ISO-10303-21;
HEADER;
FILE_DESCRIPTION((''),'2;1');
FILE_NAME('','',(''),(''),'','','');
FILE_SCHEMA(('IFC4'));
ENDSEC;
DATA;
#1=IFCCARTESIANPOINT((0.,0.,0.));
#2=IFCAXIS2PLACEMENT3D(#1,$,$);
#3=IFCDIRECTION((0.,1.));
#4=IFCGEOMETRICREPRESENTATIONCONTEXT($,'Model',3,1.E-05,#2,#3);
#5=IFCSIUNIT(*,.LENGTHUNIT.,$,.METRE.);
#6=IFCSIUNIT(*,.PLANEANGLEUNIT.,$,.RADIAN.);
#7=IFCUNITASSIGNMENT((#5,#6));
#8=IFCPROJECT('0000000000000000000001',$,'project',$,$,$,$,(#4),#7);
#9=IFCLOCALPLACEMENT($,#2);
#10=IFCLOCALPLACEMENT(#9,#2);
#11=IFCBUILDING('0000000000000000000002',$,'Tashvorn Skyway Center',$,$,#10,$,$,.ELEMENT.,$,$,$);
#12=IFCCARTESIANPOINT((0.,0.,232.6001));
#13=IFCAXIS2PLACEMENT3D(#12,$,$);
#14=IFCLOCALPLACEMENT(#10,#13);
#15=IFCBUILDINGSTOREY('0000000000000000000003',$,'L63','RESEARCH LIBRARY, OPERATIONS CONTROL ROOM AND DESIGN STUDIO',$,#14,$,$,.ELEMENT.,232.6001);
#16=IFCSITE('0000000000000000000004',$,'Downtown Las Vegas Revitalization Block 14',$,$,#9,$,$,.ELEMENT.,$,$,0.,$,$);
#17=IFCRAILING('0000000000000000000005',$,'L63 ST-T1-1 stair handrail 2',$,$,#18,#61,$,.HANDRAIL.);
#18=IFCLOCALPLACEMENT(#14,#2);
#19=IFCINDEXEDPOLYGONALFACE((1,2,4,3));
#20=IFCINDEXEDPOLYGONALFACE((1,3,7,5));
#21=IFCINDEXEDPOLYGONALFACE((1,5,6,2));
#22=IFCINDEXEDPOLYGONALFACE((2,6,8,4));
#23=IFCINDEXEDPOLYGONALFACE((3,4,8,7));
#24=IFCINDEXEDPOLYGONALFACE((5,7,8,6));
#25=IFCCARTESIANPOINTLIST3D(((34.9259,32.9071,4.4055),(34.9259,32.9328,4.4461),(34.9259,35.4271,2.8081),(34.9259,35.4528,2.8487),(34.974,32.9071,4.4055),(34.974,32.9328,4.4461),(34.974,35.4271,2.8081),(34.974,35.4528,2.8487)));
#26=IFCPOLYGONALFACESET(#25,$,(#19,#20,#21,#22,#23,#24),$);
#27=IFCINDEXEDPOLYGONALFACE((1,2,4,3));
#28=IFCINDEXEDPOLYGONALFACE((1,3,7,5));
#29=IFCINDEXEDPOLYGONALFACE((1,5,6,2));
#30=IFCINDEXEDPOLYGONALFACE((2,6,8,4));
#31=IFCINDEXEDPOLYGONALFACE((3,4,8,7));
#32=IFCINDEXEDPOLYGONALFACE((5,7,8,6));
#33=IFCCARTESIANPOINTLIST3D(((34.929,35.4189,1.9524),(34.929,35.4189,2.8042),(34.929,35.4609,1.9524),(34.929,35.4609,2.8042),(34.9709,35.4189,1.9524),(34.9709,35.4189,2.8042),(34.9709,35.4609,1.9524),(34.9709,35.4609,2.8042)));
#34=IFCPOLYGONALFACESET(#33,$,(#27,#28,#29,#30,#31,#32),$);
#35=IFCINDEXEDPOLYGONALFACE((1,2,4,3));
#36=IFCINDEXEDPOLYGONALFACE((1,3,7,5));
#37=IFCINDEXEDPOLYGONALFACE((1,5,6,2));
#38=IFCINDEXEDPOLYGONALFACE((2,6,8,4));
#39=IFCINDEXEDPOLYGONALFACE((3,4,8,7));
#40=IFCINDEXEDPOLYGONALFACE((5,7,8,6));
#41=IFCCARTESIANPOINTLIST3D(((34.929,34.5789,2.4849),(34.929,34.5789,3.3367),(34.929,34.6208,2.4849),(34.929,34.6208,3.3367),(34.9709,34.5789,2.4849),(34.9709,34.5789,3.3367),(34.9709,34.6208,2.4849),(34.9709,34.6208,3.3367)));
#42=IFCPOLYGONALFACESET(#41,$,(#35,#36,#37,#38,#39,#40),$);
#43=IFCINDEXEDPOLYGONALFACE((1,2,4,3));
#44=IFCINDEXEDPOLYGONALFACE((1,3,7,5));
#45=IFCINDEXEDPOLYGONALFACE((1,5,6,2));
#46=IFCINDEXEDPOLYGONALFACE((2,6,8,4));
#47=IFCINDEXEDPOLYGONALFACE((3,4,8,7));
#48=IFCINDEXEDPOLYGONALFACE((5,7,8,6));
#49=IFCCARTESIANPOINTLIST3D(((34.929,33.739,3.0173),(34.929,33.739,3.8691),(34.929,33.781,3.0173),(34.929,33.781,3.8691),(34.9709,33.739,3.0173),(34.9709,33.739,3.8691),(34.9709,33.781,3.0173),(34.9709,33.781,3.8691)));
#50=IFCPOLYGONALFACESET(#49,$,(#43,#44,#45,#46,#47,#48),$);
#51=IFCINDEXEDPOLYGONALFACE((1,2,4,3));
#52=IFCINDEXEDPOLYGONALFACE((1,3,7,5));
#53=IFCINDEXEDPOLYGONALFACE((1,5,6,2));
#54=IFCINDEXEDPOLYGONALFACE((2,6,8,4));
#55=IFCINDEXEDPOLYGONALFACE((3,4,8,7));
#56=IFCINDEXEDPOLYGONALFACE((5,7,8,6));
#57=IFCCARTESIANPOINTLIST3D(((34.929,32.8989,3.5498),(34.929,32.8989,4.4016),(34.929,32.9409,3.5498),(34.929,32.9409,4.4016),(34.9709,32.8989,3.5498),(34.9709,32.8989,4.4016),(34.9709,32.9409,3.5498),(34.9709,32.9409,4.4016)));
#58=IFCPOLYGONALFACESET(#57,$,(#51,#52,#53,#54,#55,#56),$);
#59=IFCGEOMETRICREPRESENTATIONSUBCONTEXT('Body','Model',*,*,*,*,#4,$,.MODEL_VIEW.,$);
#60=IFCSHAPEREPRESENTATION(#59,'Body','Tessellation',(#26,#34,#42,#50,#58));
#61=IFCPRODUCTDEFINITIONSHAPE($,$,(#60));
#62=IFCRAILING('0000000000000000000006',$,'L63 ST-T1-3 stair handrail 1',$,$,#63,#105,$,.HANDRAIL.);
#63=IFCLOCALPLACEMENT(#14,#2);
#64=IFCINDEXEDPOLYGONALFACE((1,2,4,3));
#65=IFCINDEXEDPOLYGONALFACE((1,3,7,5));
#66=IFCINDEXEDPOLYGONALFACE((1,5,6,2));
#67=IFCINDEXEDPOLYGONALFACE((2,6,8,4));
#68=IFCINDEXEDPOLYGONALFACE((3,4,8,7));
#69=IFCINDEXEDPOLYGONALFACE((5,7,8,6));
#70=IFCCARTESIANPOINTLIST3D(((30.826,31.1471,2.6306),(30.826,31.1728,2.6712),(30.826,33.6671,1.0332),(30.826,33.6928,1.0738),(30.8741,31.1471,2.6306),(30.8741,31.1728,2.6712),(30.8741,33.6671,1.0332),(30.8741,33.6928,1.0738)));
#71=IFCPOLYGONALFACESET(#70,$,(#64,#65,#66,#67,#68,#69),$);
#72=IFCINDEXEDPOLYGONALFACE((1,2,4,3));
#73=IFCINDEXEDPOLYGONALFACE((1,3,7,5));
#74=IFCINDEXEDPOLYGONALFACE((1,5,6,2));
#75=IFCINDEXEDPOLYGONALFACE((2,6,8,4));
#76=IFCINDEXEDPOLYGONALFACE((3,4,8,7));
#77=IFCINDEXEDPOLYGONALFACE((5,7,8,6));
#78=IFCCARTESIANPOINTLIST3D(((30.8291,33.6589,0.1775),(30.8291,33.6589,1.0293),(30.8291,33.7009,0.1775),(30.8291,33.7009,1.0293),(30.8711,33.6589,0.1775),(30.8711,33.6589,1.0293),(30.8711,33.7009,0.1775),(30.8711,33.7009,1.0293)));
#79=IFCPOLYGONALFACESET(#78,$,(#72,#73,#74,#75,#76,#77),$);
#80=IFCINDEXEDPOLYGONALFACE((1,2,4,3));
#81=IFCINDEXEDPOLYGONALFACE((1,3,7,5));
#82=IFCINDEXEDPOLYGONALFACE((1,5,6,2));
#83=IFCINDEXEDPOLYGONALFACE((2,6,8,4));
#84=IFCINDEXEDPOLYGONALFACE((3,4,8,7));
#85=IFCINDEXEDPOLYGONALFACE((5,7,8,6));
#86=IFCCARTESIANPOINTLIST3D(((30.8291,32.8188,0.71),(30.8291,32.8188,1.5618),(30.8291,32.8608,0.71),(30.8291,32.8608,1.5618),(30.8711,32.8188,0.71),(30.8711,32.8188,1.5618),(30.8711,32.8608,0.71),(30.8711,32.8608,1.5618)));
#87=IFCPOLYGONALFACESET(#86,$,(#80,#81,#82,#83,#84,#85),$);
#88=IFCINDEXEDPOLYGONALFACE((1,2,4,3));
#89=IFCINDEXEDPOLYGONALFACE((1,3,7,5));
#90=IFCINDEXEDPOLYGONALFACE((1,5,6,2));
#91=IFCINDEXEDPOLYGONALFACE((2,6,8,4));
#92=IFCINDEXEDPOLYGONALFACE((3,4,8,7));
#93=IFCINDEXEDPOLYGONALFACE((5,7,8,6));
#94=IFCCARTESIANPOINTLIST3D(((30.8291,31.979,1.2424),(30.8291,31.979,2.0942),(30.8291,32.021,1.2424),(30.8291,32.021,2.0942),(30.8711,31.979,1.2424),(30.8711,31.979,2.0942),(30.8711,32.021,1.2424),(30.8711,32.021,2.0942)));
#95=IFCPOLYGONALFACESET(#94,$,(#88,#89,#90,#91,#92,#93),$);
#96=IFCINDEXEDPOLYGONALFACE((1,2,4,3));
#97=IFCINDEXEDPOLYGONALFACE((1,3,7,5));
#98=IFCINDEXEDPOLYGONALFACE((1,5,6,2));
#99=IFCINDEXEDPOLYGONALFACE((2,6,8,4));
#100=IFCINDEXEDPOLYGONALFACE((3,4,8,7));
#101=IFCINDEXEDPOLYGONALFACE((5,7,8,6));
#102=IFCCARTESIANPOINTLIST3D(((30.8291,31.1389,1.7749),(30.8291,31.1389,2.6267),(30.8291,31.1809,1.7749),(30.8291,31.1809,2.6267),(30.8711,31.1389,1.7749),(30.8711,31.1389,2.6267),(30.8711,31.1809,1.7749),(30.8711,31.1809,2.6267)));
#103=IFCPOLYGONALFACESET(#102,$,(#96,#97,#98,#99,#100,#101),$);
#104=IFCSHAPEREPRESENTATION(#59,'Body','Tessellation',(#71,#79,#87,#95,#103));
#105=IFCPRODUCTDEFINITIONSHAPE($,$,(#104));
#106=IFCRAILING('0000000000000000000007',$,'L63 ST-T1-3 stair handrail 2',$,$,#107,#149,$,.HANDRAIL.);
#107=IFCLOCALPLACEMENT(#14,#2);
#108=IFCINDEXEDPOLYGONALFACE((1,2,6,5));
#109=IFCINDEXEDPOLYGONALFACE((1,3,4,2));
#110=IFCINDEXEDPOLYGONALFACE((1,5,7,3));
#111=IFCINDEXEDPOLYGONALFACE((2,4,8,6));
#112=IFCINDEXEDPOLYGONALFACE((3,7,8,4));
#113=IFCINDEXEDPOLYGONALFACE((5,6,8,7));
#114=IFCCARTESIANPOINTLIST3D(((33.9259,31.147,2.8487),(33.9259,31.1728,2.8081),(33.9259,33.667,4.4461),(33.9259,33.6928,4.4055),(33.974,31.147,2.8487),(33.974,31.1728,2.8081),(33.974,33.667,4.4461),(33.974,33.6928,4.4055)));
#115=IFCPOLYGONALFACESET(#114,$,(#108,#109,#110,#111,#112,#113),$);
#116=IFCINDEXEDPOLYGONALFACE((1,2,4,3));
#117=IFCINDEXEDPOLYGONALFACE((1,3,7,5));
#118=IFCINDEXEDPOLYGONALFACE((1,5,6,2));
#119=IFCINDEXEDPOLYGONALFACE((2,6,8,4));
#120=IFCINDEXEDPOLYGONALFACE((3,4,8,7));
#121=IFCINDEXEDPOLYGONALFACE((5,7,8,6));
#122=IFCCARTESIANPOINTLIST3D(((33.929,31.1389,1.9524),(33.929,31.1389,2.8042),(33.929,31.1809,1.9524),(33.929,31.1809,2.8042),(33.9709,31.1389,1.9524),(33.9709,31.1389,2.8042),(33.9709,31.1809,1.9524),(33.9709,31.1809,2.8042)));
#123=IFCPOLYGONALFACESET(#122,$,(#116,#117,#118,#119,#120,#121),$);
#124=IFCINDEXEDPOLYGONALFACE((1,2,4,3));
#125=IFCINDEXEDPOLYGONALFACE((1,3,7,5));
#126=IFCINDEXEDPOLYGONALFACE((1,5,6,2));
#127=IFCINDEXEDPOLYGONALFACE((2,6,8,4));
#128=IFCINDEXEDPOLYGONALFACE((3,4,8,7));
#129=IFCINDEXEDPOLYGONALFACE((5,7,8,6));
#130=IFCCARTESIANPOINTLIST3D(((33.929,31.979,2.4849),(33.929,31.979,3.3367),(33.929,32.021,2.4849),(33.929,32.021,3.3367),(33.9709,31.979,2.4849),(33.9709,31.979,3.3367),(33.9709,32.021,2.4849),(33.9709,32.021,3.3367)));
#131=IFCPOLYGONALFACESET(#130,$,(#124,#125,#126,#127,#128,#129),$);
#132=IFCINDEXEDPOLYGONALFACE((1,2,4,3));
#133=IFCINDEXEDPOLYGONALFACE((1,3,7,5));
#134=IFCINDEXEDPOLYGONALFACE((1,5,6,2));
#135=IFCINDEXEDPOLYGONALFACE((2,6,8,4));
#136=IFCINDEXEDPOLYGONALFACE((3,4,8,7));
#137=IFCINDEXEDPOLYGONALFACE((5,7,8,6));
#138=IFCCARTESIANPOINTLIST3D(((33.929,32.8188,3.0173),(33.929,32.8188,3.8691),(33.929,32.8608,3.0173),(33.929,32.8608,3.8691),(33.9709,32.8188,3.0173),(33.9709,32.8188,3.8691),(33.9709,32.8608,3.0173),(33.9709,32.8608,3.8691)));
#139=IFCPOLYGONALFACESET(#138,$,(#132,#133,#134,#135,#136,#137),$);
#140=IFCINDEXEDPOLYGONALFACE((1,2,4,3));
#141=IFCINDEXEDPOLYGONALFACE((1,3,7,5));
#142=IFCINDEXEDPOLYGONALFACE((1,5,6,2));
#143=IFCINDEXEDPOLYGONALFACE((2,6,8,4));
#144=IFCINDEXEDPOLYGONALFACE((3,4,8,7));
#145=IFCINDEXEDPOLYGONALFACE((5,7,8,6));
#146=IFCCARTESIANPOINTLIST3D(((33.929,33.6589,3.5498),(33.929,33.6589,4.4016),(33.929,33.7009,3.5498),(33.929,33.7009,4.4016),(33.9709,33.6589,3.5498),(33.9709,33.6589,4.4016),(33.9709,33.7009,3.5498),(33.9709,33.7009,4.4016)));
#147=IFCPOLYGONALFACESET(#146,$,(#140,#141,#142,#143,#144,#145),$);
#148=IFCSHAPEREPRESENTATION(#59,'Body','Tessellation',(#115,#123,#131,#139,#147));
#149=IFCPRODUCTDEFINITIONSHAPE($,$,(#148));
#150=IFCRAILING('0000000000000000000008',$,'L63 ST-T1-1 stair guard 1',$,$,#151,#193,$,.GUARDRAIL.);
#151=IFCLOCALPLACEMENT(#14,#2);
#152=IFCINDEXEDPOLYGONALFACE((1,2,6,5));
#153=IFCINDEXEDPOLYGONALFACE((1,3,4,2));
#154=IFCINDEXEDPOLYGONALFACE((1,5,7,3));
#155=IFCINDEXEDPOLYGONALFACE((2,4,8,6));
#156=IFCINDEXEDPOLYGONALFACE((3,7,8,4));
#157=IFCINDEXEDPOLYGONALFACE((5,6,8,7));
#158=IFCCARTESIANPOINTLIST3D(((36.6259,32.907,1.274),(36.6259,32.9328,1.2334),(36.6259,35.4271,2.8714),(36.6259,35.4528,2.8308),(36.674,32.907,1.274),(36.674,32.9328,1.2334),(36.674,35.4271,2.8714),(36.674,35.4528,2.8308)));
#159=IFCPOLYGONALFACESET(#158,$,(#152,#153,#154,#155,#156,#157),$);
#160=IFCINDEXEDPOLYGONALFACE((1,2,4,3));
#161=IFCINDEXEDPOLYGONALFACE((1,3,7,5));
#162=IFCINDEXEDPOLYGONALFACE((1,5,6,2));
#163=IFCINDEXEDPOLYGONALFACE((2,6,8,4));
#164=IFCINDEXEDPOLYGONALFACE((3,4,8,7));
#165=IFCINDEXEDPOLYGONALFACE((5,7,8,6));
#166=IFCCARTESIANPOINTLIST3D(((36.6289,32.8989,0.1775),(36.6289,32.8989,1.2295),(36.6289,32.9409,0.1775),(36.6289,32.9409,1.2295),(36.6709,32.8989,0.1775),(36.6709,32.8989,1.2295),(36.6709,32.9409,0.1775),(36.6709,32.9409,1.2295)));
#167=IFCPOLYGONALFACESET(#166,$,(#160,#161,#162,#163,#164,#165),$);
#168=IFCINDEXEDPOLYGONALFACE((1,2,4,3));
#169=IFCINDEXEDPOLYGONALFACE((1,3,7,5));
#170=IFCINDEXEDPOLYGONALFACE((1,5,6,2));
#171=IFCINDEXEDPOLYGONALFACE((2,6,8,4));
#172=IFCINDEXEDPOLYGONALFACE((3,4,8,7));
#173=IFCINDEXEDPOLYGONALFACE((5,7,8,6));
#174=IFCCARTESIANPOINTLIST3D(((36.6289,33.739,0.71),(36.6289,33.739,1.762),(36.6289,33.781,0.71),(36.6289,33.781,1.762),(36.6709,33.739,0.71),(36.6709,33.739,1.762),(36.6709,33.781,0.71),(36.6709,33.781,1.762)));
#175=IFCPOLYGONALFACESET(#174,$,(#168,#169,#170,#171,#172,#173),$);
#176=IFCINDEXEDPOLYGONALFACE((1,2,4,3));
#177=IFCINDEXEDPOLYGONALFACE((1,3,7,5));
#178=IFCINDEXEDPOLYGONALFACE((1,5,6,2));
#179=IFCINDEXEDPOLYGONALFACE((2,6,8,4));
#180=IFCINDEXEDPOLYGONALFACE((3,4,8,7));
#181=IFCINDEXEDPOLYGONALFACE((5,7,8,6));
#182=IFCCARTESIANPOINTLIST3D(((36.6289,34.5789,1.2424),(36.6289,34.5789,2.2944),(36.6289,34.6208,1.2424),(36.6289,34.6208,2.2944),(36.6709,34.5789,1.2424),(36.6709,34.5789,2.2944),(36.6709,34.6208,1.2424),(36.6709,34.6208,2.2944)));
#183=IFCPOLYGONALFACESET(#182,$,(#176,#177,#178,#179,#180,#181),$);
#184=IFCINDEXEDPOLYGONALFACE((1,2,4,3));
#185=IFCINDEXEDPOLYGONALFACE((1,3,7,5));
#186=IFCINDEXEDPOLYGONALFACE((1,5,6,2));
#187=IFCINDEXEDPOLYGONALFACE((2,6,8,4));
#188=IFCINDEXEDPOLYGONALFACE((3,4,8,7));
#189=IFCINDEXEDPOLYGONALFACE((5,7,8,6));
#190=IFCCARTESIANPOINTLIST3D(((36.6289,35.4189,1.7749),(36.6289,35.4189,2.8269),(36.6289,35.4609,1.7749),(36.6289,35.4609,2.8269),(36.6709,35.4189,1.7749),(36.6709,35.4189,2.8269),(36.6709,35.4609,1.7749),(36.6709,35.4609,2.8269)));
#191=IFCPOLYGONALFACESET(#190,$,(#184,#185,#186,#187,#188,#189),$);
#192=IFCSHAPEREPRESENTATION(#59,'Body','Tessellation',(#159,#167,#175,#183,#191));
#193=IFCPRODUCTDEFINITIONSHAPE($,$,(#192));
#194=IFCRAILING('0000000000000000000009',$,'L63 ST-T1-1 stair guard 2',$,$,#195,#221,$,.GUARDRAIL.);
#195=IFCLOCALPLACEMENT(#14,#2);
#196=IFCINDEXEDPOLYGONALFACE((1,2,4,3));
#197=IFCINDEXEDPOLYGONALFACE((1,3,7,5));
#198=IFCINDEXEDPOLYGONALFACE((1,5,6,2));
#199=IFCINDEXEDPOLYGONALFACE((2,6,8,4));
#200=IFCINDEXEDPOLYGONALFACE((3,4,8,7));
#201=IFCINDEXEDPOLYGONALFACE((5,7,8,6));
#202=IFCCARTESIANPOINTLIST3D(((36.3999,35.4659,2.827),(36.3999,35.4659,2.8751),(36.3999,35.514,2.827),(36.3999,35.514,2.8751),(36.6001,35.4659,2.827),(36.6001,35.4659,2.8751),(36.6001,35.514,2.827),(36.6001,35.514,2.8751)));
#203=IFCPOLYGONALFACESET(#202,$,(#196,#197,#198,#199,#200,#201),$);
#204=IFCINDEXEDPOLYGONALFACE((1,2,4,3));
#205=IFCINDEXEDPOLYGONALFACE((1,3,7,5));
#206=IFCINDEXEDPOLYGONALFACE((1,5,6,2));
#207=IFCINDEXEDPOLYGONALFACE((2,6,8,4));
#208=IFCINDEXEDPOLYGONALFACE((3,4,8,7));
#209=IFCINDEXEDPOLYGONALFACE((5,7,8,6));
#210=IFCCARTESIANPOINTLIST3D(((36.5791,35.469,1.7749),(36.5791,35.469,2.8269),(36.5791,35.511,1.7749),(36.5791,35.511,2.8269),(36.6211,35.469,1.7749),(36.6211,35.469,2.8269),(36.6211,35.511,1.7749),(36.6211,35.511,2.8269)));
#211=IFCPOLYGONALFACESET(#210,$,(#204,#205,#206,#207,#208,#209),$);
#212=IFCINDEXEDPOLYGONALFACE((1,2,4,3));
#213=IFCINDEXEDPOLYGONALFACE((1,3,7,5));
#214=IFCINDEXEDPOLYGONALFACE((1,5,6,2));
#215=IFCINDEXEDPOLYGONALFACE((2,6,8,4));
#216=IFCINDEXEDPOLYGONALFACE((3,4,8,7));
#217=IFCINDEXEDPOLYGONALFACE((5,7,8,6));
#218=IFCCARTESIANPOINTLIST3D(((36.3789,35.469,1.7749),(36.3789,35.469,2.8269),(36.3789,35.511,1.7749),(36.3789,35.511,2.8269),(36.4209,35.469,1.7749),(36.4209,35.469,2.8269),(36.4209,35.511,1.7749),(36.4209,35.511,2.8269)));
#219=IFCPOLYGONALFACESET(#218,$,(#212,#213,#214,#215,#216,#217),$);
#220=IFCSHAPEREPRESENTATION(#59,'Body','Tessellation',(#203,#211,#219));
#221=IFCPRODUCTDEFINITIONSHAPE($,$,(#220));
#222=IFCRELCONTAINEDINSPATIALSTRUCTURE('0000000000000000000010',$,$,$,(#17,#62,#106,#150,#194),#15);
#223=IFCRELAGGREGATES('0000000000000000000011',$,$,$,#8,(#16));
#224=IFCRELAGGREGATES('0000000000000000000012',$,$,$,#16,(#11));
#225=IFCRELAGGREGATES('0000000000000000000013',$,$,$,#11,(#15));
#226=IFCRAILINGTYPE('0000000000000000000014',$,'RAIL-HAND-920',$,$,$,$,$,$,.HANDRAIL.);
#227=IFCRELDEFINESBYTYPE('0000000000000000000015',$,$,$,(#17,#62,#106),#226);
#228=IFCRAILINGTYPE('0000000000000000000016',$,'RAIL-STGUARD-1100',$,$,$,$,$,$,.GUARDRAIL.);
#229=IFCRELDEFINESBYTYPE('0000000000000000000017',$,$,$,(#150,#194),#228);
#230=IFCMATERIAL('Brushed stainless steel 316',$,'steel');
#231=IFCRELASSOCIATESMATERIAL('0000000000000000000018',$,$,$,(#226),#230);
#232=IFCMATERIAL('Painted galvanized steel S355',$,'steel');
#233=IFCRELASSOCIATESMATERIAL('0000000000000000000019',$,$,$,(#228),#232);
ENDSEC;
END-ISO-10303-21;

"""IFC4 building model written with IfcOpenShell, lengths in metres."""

from ifc_helpers import new_model, si_unit, direction, frame, origin, origin_2d, place, context, subcontext, project, spatial, rectangle, extrude, material, type_object, element, save


model = new_model("IFC4")

# Units and contexts
model_context = context("Model", 3, precision=1e-05, world=origin(), true_north=direction((0.0, 1.0)))
body_context = subcontext(model_context, "Body", "Model", "MODEL_VIEW")
ifc_project = project(units=[si_unit("LENGTHUNIT", "METRE"), si_unit("PLANEANGLEUNIT", "RADIAN")], contexts=[model_context])

# Site, building, storey
site_placement = place(None, origin())
site = spatial("IfcSite", under=ifc_project, at=site_placement, Name="Downtown Las Vegas Revitalization Block 14", CompositionType="ELEMENT", RefElevation=0.0)
building_placement = place(site_placement, origin())
building = spatial("IfcBuilding", under=site, at=building_placement, Name="Tashvorn Skyway Center", CompositionType="ELEMENT")
storey_placement = place(building_placement, frame((0.0, 0.0, 232.6001)))
storey = spatial("IfcBuildingStorey", under=building, at=storey_placement, Name="L63", Description="RESEARCH LIBRARY, OPERATIONS CONTROL ROOM AND DESIGN STUDIO", CompositionType="ELEMENT", Elevation=232.6001)

# Railings
ifc_material_1 = material(Name="Brushed stainless steel 316", Category="steel")
railing_type_1 = type_object("IfcRailingType", Name="RAIL-HAND-920", PredefinedType="HANDRAIL", material=ifc_material_1)
for number, where, name in (
    (1, (34.95, 35.4399, 1.9524), "L63 ST-T1-1 stair handrail 2"),
    (2, (30.8501, 33.6799, 0.1775), "L63 ST-T1-3 stair handrail 1"),
):
    element("IfcRailing", number, at=place(storey_placement, frame(where)), inside=storey, type_object=railing_type_1, Name=name, PredefinedType="HANDRAIL", context=body_context, shape_type="SweptSolid", body=[
        extrude(rectangle(XDim=0.0481, YDim=0.0481, at=origin_2d()), frame((0.0, 0.0, 0.876), z_axis=(0.0, -0.844607, 0.535387), x_axis=(1.0, 0.0, 0.0)), (0.0, 0.0, 1.0), 2.9836),
        extrude(rectangle(XDim=0.042, YDim=0.042, at=origin_2d()), origin(), (0.0, 0.0, 1.0), 0.8518),
        extrude(rectangle(XDim=0.042, YDim=0.042, at=origin_2d()), frame((0.0, -0.8401, 0.5325)), (0.0, 0.0, 1.0), 0.8518),
        extrude(rectangle(XDim=0.042, YDim=0.042, at=origin_2d()), frame((0.0, -1.6799, 1.0649)), (0.0, 0.0, 1.0), 0.8518),
        extrude(rectangle(XDim=0.042, YDim=0.042, at=origin_2d()), frame((0.0, -2.52, 1.5974)), (0.0, 0.0, 1.0), 0.8518),
    ])
railing_1_placement = place(storey_placement, frame((33.95, 31.1599, 1.9524)))
element("IfcRailing", 3, at=railing_1_placement, inside=storey, type_object=railing_type_1, Name="L63 ST-T1-3 stair handrail 2", PredefinedType="HANDRAIL", context=body_context, shape_type="SweptSolid", body=[
    extrude(rectangle(XDim=0.0481, YDim=0.0481, at=origin_2d()), frame((0.0, 0.0, 0.876), z_axis=(0.0, 0.844607, 0.535387), x_axis=(-1.0, 0.0, 0.0)), (0.0, 0.0, 1.0), 2.9836),
    extrude(rectangle(XDim=0.042, YDim=0.042, at=origin_2d()), origin(), (0.0, 0.0, 1.0), 0.8518),
    extrude(rectangle(XDim=0.042, YDim=0.042, at=origin_2d()), frame((0.0, 0.8401, 0.5325)), (0.0, 0.0, 1.0), 0.8518),
    extrude(rectangle(XDim=0.042, YDim=0.042, at=origin_2d()), frame((0.0, 1.6799, 1.0649)), (0.0, 0.0, 1.0), 0.8518),
    extrude(rectangle(XDim=0.042, YDim=0.042, at=origin_2d()), frame((0.0, 2.52, 1.5974)), (0.0, 0.0, 1.0), 0.8518),
])
ifc_material_2 = material(Name="Painted galvanized steel S355", Category="steel")
railing_type_2 = type_object("IfcRailingType", Name="RAIL-STGUARD-1100", PredefinedType="GUARDRAIL", material=ifc_material_2)
railing_2_placement = place(storey_placement, frame((36.6499, 32.9199, 0.1775)))
element("IfcRailing", 4, at=railing_2_placement, inside=storey, type_object=railing_type_2, Name="L63 ST-T1-1 stair guard 1", PredefinedType="GUARDRAIL", context=body_context, shape_type="SweptSolid", body=[
    extrude(rectangle(XDim=0.0481, YDim=0.0481, at=origin_2d()), frame((0.0, 0.0, 1.0762), z_axis=(0.0, 0.844607, 0.535387), x_axis=(-1.0, 0.0, 0.0)), (0.0, 0.0, 1.0), 2.9836),
    extrude(rectangle(XDim=0.042, YDim=0.042, at=origin_2d()), origin(), (0.0, 0.0, 1.0), 1.052),
    extrude(rectangle(XDim=0.042, YDim=0.042, at=origin_2d()), frame((0.0, 0.8401, 0.5325)), (0.0, 0.0, 1.0), 1.052),
    extrude(rectangle(XDim=0.042, YDim=0.042, at=origin_2d()), frame((0.0, 1.6799, 1.0649)), (0.0, 0.0, 1.0), 1.052),
    extrude(rectangle(XDim=0.042, YDim=0.042, at=origin_2d()), frame((0.0, 2.52, 1.5974)), (0.0, 0.0, 1.0), 1.052),
])
railing_3_placement = place(storey_placement, frame((36.6001, 35.49, 1.7749)))
element("IfcRailing", 5, at=railing_3_placement, inside=storey, type_object=railing_type_2, Name="L63 ST-T1-1 stair guard 2", PredefinedType="GUARDRAIL", context=body_context, shape_type="SweptSolid", body=[
    extrude(rectangle(XDim=0.0481, YDim=0.0481, at=origin_2d()), frame((0.0, 0.0, 1.0762), z_axis=(-1.0, 0.0, 0.0), x_axis=(0.0, -1.0, 0.0)), (0.0, 0.0, 1.0), 0.2002),
    extrude(rectangle(XDim=0.042, YDim=0.042, at=origin_2d()), origin(), (0.0, 0.0, 1.0), 1.052),
    extrude(rectangle(XDim=0.042, YDim=0.042, at=origin_2d()), frame((-0.2002, 0.0, 0.0)), (0.0, 0.0, 1.0), 1.052),
])

save(model, "model.ifc")
